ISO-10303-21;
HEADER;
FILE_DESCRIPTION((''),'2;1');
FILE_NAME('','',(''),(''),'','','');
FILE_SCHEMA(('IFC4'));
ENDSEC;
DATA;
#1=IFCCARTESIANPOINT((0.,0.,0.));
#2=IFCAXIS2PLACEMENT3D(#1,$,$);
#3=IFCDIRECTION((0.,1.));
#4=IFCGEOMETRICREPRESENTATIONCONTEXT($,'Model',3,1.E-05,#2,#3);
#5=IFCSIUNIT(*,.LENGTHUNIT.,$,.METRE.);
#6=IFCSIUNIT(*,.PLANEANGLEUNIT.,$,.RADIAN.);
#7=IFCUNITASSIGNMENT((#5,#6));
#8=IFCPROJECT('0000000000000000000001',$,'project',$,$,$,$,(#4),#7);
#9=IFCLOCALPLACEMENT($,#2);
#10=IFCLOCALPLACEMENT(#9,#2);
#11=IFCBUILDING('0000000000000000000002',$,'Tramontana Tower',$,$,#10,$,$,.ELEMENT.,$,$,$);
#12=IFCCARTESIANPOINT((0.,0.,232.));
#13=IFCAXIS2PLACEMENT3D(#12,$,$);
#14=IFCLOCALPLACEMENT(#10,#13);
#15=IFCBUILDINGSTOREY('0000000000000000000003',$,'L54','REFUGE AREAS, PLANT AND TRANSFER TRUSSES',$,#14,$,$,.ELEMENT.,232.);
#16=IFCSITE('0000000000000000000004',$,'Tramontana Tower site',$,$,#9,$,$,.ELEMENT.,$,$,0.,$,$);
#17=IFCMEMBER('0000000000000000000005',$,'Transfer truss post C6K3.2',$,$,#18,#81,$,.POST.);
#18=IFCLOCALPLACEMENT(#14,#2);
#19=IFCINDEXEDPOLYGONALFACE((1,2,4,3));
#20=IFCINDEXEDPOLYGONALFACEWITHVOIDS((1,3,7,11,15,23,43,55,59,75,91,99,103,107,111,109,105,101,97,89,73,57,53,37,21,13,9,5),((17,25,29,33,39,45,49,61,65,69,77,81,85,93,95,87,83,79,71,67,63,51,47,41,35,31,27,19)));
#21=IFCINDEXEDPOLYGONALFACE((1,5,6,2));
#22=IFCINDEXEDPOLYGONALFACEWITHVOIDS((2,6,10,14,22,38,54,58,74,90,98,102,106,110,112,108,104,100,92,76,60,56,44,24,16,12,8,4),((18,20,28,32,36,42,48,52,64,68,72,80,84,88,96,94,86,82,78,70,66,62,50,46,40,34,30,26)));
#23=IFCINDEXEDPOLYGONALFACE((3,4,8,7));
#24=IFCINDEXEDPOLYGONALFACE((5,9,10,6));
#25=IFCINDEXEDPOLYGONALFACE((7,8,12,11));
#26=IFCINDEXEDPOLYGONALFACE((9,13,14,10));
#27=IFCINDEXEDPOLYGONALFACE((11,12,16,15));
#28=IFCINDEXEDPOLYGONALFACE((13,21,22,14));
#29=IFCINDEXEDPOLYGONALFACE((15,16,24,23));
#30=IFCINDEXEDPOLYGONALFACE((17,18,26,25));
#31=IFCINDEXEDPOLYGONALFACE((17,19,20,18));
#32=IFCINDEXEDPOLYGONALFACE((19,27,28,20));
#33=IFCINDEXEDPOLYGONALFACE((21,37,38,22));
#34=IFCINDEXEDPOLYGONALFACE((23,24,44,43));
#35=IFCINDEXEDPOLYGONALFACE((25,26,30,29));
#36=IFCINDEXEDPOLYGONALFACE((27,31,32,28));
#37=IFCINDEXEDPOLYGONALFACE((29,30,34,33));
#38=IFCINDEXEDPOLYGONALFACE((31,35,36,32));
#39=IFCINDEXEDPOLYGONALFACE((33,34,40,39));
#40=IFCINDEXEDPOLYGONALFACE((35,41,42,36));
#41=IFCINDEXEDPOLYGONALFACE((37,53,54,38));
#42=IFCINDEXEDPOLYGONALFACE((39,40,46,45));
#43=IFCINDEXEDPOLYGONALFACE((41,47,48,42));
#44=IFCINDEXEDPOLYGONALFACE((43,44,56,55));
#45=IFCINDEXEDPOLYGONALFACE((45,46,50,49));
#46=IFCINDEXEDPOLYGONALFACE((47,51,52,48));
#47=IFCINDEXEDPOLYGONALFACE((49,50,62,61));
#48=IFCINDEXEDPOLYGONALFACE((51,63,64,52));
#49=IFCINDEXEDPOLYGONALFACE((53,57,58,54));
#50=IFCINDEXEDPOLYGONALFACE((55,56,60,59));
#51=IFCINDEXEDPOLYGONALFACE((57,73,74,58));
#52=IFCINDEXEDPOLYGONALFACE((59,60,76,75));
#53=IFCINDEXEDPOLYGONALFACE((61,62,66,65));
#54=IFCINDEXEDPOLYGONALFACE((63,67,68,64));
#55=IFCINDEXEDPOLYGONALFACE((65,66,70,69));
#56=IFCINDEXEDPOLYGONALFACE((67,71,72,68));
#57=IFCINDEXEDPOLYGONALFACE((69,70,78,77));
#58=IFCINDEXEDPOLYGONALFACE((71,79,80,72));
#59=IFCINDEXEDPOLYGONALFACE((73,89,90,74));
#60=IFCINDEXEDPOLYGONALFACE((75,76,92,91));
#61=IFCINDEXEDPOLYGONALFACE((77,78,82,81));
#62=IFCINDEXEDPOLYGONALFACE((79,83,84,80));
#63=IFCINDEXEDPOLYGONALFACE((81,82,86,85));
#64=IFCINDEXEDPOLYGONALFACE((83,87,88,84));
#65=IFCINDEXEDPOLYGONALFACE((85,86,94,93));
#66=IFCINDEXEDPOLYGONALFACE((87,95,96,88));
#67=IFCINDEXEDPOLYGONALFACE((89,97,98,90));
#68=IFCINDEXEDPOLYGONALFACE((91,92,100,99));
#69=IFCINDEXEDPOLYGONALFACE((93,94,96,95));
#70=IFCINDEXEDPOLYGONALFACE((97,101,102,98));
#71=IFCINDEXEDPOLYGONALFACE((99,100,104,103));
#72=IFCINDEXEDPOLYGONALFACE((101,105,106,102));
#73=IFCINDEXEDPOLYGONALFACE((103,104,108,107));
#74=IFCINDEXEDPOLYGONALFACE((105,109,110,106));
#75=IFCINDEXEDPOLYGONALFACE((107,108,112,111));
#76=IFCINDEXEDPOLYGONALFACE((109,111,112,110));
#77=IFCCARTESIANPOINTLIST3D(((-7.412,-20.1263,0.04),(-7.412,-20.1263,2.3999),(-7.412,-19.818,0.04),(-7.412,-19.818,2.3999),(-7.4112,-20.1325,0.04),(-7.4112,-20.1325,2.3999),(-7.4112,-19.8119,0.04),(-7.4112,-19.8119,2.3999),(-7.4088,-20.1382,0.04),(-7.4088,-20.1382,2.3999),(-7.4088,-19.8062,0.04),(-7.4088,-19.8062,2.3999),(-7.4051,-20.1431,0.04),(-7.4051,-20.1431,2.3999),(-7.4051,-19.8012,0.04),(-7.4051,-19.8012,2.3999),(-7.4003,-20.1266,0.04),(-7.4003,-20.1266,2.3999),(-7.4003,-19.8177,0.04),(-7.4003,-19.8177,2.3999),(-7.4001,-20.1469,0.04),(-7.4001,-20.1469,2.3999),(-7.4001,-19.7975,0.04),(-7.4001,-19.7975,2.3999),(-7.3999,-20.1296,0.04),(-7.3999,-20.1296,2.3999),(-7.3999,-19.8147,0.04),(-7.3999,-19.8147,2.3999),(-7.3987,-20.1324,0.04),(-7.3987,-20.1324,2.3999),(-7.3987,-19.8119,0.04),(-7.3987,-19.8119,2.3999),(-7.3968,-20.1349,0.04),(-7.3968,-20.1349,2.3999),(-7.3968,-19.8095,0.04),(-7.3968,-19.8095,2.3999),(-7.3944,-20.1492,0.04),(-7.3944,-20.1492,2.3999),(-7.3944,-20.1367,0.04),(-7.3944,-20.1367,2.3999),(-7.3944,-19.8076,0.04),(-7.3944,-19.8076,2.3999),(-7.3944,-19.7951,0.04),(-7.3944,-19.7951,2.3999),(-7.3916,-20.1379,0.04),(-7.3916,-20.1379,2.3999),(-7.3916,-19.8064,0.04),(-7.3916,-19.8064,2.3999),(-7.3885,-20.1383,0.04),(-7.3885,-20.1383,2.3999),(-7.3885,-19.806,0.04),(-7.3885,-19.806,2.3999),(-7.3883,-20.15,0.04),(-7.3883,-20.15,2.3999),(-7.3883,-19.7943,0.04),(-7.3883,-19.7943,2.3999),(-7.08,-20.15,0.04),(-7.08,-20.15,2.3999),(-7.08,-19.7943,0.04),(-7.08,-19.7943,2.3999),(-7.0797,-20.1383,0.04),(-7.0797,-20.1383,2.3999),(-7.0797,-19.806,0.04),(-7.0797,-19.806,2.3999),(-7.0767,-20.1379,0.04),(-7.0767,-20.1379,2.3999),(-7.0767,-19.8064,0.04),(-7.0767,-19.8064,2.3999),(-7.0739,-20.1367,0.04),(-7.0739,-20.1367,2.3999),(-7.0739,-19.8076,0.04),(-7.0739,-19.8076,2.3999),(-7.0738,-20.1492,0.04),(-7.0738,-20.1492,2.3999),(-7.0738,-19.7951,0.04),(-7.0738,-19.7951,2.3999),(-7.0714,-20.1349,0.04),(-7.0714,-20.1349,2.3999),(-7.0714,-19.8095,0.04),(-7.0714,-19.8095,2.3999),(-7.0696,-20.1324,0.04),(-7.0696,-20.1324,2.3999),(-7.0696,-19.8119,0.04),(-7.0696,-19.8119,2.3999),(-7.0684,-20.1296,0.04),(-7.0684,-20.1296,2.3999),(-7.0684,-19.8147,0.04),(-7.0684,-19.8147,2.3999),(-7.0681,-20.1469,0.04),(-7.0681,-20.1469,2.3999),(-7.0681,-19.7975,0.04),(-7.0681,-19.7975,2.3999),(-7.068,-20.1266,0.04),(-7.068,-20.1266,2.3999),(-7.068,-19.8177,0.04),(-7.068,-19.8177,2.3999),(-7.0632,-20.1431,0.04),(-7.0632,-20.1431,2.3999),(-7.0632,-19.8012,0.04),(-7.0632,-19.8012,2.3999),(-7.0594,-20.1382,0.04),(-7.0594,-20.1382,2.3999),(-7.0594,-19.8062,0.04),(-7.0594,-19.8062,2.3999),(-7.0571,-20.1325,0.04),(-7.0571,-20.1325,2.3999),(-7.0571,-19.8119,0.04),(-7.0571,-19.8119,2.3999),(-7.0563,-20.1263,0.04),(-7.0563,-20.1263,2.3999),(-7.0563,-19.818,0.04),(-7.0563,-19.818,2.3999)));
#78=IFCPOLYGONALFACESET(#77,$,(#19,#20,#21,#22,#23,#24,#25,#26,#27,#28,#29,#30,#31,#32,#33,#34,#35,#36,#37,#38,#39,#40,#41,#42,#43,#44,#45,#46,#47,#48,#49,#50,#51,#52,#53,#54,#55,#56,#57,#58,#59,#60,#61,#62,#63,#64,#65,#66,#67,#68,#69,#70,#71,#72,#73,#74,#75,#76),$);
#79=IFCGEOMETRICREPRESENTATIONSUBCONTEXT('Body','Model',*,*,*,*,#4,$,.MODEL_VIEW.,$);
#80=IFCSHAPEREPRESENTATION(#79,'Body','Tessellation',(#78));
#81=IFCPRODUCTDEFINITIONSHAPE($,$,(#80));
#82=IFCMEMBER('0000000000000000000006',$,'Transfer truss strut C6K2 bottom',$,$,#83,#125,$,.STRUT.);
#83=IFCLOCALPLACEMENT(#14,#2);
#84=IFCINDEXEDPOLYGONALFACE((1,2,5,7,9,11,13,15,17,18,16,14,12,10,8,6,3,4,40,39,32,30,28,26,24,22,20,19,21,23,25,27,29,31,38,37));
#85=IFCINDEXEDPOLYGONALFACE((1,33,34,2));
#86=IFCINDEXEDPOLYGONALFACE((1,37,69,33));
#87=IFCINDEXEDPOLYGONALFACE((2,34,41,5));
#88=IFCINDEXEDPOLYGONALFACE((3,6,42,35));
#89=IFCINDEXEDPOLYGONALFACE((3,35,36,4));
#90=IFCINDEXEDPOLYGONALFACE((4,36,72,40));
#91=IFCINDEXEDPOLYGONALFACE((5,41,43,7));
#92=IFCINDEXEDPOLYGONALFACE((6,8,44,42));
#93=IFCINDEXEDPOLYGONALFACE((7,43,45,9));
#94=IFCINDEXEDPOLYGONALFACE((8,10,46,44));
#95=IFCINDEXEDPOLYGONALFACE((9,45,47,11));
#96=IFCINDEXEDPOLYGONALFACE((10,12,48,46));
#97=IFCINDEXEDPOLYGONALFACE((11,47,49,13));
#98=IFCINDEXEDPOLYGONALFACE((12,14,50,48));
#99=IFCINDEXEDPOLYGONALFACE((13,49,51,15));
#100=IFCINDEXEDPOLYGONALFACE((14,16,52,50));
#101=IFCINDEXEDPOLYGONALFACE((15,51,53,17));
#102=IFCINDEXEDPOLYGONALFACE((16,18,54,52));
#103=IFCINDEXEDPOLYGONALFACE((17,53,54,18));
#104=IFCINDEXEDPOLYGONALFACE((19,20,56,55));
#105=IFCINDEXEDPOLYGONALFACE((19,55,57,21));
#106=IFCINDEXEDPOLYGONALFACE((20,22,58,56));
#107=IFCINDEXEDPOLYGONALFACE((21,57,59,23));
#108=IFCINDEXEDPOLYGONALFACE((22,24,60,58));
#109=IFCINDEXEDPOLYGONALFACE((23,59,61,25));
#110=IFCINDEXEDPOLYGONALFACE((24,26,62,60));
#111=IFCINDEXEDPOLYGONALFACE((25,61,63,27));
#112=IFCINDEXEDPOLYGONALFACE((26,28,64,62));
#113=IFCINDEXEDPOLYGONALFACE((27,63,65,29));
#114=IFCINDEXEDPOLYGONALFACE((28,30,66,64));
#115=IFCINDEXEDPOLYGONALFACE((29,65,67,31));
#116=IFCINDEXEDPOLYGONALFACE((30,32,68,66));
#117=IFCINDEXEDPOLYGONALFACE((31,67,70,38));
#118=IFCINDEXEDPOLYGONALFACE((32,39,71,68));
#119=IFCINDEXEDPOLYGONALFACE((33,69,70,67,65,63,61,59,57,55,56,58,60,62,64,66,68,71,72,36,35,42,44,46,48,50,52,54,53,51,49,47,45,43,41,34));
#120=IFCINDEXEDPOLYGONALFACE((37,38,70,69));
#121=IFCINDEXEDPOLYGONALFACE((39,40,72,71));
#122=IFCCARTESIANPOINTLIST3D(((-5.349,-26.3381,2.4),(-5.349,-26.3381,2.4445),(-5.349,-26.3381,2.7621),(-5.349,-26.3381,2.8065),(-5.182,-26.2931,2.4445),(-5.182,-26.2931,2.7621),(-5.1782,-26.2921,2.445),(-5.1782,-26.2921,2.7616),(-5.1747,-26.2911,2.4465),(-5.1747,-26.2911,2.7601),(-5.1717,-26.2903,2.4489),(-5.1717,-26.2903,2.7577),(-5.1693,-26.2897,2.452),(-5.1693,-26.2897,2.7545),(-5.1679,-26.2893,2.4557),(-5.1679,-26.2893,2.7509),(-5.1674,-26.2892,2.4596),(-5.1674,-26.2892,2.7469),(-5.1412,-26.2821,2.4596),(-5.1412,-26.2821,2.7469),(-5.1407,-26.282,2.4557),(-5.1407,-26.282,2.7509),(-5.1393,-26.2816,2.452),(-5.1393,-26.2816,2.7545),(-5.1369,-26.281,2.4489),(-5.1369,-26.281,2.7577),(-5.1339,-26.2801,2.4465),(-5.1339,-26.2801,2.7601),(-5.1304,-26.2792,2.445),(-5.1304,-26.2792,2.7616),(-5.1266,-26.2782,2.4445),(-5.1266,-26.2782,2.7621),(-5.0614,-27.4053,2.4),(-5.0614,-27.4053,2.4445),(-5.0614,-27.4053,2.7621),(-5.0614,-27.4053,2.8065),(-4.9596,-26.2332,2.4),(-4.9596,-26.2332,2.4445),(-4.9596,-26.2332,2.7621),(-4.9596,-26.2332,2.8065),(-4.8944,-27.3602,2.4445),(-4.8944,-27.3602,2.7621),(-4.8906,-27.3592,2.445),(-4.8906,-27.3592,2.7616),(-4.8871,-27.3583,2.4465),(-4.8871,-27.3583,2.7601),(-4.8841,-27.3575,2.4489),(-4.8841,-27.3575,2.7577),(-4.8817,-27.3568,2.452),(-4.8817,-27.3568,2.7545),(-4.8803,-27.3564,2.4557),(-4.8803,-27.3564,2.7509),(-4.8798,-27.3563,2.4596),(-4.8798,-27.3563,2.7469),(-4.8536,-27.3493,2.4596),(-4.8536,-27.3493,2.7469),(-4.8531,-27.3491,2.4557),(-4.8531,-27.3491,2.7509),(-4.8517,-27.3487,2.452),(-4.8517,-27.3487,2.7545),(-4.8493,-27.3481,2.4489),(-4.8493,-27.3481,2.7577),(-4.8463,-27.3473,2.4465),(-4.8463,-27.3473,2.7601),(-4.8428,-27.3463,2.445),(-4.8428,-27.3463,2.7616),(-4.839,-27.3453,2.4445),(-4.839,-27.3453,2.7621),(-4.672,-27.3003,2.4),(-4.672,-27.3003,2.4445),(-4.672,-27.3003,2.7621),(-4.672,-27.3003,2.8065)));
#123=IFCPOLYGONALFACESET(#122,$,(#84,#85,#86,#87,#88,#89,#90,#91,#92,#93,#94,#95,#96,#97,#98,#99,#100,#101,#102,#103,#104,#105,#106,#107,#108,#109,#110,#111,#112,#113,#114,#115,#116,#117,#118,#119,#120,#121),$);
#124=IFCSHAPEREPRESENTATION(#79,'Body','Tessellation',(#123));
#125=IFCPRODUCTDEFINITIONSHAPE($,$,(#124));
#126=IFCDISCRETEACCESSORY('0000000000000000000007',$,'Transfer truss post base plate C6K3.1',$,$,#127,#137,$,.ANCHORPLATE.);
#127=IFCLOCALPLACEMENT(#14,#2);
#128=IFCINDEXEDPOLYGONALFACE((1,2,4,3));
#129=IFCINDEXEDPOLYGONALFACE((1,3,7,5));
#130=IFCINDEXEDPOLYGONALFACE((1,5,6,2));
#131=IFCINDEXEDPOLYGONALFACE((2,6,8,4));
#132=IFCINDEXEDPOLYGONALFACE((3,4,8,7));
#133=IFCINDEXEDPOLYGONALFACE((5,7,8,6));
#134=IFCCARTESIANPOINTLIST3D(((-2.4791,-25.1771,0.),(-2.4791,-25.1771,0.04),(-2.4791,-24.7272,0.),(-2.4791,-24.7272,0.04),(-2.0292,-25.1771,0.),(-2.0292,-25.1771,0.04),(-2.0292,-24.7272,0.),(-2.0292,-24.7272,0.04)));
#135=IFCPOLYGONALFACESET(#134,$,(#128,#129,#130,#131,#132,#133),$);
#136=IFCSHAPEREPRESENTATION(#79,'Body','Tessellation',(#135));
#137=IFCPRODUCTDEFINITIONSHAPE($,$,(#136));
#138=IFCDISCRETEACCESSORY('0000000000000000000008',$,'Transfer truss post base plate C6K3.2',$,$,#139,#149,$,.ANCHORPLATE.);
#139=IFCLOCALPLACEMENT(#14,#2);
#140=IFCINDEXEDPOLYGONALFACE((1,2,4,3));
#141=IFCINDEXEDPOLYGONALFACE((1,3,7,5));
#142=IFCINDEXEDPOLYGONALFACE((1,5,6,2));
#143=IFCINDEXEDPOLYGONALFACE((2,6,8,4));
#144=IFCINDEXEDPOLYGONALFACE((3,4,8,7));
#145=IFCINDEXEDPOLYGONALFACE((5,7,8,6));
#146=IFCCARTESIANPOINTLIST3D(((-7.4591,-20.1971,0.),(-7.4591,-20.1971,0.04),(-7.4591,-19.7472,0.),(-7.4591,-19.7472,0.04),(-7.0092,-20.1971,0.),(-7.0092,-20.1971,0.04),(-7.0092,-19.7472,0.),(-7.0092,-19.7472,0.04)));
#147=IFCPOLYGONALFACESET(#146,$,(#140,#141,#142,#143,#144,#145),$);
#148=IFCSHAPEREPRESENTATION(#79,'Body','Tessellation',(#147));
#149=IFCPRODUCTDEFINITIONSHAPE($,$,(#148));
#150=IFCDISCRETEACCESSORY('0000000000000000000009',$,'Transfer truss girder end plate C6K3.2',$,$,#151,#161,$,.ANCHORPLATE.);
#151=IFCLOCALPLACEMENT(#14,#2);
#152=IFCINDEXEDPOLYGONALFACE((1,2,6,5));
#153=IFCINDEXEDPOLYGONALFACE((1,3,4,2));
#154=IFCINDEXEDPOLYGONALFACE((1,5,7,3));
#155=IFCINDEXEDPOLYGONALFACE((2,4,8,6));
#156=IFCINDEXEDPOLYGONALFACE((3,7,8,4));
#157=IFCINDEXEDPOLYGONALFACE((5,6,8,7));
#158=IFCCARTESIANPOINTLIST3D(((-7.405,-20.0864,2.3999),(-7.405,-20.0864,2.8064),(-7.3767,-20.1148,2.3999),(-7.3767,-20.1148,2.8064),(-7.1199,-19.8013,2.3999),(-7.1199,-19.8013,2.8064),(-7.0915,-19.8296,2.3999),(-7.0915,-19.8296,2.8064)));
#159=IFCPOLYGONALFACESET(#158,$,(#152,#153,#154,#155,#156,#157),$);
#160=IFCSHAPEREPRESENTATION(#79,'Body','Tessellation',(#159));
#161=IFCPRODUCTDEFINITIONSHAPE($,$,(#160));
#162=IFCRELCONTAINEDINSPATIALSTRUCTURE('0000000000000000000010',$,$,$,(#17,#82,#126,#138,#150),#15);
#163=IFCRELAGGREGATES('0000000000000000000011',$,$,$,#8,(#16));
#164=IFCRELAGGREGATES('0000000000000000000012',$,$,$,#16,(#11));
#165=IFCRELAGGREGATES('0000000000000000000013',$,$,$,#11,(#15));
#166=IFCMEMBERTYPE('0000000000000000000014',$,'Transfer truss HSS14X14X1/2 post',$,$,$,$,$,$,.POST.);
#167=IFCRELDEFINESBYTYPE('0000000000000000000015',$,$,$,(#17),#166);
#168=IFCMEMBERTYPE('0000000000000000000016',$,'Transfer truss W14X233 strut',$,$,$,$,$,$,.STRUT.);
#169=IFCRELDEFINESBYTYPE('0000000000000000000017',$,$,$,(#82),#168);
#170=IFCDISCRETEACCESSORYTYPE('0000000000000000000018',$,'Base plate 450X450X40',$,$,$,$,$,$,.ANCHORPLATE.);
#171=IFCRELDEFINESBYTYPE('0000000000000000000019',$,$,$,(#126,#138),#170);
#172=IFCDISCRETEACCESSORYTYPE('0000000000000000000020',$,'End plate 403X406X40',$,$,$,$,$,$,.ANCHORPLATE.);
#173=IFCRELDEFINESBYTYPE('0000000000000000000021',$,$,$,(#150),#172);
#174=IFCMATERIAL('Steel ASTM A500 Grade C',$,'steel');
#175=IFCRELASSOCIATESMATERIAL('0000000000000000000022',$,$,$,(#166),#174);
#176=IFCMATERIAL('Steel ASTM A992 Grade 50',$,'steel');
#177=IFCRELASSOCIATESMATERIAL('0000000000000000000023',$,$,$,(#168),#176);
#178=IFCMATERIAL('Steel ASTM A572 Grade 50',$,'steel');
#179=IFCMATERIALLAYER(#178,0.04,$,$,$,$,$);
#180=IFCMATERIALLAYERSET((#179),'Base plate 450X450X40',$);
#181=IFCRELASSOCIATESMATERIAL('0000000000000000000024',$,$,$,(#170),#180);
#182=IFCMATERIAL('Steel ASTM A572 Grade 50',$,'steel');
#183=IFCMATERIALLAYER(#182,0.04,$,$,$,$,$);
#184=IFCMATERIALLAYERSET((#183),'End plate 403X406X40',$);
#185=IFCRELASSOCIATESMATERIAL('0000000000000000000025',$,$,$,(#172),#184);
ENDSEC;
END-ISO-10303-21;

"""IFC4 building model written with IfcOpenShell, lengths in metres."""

from ifc_helpers import new_model, si_unit, direction, frame, origin, origin_2d, place, context, subcontext, project, spatial, rectangle, hollow_rectangle, i_section, extrude, material, layer, layer_set, material_profile, profile_set, type_object, element, save


model = new_model("IFC4")

# Units and contexts
model_context = context("Model", 3, precision=1e-05, world=origin(), true_north=direction((0.0, 1.0)))
body_context = subcontext(model_context, "Body", "Model", "MODEL_VIEW")
ifc_project = project(units=[si_unit("LENGTHUNIT", "METRE"), si_unit("PLANEANGLEUNIT", "RADIAN")], contexts=[model_context])

# Site, building, storey
site_placement = place(None, origin())
site = spatial("IfcSite", under=ifc_project, at=site_placement, Name="Tramontana Tower site", CompositionType="ELEMENT", RefElevation=0.0)
building_placement = place(site_placement, origin())
building = spatial("IfcBuilding", under=site, at=building_placement, Name="Tramontana Tower", CompositionType="ELEMENT")
storey_placement = place(building_placement, frame((0.0, 0.0, 232.0)))
storey = spatial("IfcBuildingStorey", under=building, at=storey_placement, Name="L54", Description="REFUGE AREAS, PLANT AND TRANSFER TRUSSES", CompositionType="ELEMENT", Elevation=232.0)

# Members
ifc_material_1 = material(Name="Steel ASTM A500 Grade C", Category="steel")
ifc_material_profile_1 = material_profile(ifc_material_1, hollow_rectangle(XDim=0.3557, YDim=0.3557, WallThickness=0.0117, InnerFilletRadius=0.0117, OuterFilletRadius=0.0237, at=origin_2d()), Name="HSS14X14X1/2")
ifc_profile_set_1 = profile_set([ifc_material_profile_1], Name="Steel ASTM A500 Grade C")
member_type_1 = type_object("IfcMemberType", Name="Transfer truss HSS14X14X1/2 post", PredefinedType="POST", material=ifc_profile_set_1)
for number, where, z_axis, x_axis, name in (
    (1, (-7.2341, -19.9722, 0.04), (0.0, 0.0, 1.0), (1.0, 0.0, 0.0), "Transfer truss post C6K3.2"),
):
    element("IfcMember", number, at=place(storey_placement, frame(where, z_axis=z_axis, x_axis=x_axis)), inside=storey, type_object=member_type_1, Name=name, PredefinedType="POST", context=body_context, shape_type="SweptSolid", body=[
        extrude(hollow_rectangle(XDim=0.3557, YDim=0.3557, WallThickness=0.0117, InnerFilletRadius=0.0117, OuterFilletRadius=0.0237, at=origin_2d()), origin(), (0.0, 0.0, 1.0), 2.3599),
    ])
ifc_material_2 = material(Name="Steel ASTM A992 Grade 50", Category="steel")
ifc_material_profile_2 = material_profile(ifc_material_2, i_section(OverallWidth=0.4033, OverallDepth=0.4065, WebThickness=0.0271, FlangeThickness=0.0444, FilletRadius=0.0151, at=origin_2d()), Name="W14X233")
ifc_profile_set_2 = profile_set([ifc_material_profile_2], Name="Steel ASTM A992 Grade 50")
member_type_2 = type_object("IfcMemberType", Name="Transfer truss W14X233 strut", PredefinedType="STRUT", material=ifc_profile_set_2)
member_1_placement = place(storey_placement, frame((-4.8667, -27.3528, 2.6033), z_axis=(-0.260219, 0.96555, 0.0), x_axis=(-0.96555, -0.260219, 0.0)))
element("IfcMember", 2, at=member_1_placement, inside=storey, type_object=member_type_2, Name="Transfer truss strut C6K2 bottom", PredefinedType="STRUT", context=body_context, shape_type="SweptSolid", body=[
    extrude(i_section(OverallWidth=0.4033, OverallDepth=0.4065, WebThickness=0.0271, FlangeThickness=0.0444, FilletRadius=0.0151, at=origin_2d()), origin(), (0.0, 0.0, 1.0), 1.1052),
])

# Discrete accessories
ifc_material_3 = material(Name="Steel ASTM A572 Grade 50", Category="steel")
ifc_layer_1 = layer(ifc_material_3, 0.04)
ifc_layer_set_1 = layer_set([ifc_layer_1], Name="Base plate 450X450X40")
discrete_accessory_type_1 = type_object("IfcDiscreteAccessoryType", Name="Base plate 450X450X40", PredefinedType="ANCHORPLATE", material=ifc_layer_set_1)
for number, where, z_axis, x_axis, name in (
    (3, (-2.2542, -24.9521, 0.0), (0.0, 0.0, 1.0), (1.0, 0.0, 0.0), "Transfer truss post base plate C6K3.1"),
    (4, (-7.2341, -19.9722, 0.0), (0.0, 0.0, 1.0), (1.0, 0.0, 0.0), "Transfer truss post base plate C6K3.2"),
):
    element("IfcDiscreteAccessory", number, at=place(storey_placement, frame(where, z_axis=z_axis, x_axis=x_axis)), inside=storey, type_object=discrete_accessory_type_1, Name=name, PredefinedType="ANCHORPLATE", context=body_context, shape_type="SweptSolid", body=[
        extrude(rectangle(XDim=0.45, YDim=0.45, at=origin_2d()), origin(), (0.0, 0.0, 1.0), 0.04),
    ])
ifc_material_4 = material(Name="Steel ASTM A572 Grade 50", Category="steel")
ifc_layer_2 = layer(ifc_material_4, 0.04)
ifc_layer_set_2 = layer_set([ifc_layer_2], Name="End plate 403X406X40")
discrete_accessory_type_2 = type_object("IfcDiscreteAccessoryType", Name="End plate 403X406X40", PredefinedType="ANCHORPLATE", material=ifc_layer_set_2)
discrete_accessory_placement = place(storey_placement, frame((-7.2483, -19.958, 2.3999), z_axis=(0.0, 0.0, 1.0), x_axis=(0.707107, 0.707107, 0.0)))
element("IfcDiscreteAccessory", 5, at=discrete_accessory_placement, inside=storey, type_object=discrete_accessory_type_2, Name="Transfer truss girder end plate C6K3.2", PredefinedType="ANCHORPLATE", context=body_context, shape_type="SweptSolid", body=[
    extrude(rectangle(XDim=0.4033, YDim=0.04, at=origin_2d()), origin(), (0.0, 0.0, 1.0), 0.4065),
])

save(model, "model.ifc")
